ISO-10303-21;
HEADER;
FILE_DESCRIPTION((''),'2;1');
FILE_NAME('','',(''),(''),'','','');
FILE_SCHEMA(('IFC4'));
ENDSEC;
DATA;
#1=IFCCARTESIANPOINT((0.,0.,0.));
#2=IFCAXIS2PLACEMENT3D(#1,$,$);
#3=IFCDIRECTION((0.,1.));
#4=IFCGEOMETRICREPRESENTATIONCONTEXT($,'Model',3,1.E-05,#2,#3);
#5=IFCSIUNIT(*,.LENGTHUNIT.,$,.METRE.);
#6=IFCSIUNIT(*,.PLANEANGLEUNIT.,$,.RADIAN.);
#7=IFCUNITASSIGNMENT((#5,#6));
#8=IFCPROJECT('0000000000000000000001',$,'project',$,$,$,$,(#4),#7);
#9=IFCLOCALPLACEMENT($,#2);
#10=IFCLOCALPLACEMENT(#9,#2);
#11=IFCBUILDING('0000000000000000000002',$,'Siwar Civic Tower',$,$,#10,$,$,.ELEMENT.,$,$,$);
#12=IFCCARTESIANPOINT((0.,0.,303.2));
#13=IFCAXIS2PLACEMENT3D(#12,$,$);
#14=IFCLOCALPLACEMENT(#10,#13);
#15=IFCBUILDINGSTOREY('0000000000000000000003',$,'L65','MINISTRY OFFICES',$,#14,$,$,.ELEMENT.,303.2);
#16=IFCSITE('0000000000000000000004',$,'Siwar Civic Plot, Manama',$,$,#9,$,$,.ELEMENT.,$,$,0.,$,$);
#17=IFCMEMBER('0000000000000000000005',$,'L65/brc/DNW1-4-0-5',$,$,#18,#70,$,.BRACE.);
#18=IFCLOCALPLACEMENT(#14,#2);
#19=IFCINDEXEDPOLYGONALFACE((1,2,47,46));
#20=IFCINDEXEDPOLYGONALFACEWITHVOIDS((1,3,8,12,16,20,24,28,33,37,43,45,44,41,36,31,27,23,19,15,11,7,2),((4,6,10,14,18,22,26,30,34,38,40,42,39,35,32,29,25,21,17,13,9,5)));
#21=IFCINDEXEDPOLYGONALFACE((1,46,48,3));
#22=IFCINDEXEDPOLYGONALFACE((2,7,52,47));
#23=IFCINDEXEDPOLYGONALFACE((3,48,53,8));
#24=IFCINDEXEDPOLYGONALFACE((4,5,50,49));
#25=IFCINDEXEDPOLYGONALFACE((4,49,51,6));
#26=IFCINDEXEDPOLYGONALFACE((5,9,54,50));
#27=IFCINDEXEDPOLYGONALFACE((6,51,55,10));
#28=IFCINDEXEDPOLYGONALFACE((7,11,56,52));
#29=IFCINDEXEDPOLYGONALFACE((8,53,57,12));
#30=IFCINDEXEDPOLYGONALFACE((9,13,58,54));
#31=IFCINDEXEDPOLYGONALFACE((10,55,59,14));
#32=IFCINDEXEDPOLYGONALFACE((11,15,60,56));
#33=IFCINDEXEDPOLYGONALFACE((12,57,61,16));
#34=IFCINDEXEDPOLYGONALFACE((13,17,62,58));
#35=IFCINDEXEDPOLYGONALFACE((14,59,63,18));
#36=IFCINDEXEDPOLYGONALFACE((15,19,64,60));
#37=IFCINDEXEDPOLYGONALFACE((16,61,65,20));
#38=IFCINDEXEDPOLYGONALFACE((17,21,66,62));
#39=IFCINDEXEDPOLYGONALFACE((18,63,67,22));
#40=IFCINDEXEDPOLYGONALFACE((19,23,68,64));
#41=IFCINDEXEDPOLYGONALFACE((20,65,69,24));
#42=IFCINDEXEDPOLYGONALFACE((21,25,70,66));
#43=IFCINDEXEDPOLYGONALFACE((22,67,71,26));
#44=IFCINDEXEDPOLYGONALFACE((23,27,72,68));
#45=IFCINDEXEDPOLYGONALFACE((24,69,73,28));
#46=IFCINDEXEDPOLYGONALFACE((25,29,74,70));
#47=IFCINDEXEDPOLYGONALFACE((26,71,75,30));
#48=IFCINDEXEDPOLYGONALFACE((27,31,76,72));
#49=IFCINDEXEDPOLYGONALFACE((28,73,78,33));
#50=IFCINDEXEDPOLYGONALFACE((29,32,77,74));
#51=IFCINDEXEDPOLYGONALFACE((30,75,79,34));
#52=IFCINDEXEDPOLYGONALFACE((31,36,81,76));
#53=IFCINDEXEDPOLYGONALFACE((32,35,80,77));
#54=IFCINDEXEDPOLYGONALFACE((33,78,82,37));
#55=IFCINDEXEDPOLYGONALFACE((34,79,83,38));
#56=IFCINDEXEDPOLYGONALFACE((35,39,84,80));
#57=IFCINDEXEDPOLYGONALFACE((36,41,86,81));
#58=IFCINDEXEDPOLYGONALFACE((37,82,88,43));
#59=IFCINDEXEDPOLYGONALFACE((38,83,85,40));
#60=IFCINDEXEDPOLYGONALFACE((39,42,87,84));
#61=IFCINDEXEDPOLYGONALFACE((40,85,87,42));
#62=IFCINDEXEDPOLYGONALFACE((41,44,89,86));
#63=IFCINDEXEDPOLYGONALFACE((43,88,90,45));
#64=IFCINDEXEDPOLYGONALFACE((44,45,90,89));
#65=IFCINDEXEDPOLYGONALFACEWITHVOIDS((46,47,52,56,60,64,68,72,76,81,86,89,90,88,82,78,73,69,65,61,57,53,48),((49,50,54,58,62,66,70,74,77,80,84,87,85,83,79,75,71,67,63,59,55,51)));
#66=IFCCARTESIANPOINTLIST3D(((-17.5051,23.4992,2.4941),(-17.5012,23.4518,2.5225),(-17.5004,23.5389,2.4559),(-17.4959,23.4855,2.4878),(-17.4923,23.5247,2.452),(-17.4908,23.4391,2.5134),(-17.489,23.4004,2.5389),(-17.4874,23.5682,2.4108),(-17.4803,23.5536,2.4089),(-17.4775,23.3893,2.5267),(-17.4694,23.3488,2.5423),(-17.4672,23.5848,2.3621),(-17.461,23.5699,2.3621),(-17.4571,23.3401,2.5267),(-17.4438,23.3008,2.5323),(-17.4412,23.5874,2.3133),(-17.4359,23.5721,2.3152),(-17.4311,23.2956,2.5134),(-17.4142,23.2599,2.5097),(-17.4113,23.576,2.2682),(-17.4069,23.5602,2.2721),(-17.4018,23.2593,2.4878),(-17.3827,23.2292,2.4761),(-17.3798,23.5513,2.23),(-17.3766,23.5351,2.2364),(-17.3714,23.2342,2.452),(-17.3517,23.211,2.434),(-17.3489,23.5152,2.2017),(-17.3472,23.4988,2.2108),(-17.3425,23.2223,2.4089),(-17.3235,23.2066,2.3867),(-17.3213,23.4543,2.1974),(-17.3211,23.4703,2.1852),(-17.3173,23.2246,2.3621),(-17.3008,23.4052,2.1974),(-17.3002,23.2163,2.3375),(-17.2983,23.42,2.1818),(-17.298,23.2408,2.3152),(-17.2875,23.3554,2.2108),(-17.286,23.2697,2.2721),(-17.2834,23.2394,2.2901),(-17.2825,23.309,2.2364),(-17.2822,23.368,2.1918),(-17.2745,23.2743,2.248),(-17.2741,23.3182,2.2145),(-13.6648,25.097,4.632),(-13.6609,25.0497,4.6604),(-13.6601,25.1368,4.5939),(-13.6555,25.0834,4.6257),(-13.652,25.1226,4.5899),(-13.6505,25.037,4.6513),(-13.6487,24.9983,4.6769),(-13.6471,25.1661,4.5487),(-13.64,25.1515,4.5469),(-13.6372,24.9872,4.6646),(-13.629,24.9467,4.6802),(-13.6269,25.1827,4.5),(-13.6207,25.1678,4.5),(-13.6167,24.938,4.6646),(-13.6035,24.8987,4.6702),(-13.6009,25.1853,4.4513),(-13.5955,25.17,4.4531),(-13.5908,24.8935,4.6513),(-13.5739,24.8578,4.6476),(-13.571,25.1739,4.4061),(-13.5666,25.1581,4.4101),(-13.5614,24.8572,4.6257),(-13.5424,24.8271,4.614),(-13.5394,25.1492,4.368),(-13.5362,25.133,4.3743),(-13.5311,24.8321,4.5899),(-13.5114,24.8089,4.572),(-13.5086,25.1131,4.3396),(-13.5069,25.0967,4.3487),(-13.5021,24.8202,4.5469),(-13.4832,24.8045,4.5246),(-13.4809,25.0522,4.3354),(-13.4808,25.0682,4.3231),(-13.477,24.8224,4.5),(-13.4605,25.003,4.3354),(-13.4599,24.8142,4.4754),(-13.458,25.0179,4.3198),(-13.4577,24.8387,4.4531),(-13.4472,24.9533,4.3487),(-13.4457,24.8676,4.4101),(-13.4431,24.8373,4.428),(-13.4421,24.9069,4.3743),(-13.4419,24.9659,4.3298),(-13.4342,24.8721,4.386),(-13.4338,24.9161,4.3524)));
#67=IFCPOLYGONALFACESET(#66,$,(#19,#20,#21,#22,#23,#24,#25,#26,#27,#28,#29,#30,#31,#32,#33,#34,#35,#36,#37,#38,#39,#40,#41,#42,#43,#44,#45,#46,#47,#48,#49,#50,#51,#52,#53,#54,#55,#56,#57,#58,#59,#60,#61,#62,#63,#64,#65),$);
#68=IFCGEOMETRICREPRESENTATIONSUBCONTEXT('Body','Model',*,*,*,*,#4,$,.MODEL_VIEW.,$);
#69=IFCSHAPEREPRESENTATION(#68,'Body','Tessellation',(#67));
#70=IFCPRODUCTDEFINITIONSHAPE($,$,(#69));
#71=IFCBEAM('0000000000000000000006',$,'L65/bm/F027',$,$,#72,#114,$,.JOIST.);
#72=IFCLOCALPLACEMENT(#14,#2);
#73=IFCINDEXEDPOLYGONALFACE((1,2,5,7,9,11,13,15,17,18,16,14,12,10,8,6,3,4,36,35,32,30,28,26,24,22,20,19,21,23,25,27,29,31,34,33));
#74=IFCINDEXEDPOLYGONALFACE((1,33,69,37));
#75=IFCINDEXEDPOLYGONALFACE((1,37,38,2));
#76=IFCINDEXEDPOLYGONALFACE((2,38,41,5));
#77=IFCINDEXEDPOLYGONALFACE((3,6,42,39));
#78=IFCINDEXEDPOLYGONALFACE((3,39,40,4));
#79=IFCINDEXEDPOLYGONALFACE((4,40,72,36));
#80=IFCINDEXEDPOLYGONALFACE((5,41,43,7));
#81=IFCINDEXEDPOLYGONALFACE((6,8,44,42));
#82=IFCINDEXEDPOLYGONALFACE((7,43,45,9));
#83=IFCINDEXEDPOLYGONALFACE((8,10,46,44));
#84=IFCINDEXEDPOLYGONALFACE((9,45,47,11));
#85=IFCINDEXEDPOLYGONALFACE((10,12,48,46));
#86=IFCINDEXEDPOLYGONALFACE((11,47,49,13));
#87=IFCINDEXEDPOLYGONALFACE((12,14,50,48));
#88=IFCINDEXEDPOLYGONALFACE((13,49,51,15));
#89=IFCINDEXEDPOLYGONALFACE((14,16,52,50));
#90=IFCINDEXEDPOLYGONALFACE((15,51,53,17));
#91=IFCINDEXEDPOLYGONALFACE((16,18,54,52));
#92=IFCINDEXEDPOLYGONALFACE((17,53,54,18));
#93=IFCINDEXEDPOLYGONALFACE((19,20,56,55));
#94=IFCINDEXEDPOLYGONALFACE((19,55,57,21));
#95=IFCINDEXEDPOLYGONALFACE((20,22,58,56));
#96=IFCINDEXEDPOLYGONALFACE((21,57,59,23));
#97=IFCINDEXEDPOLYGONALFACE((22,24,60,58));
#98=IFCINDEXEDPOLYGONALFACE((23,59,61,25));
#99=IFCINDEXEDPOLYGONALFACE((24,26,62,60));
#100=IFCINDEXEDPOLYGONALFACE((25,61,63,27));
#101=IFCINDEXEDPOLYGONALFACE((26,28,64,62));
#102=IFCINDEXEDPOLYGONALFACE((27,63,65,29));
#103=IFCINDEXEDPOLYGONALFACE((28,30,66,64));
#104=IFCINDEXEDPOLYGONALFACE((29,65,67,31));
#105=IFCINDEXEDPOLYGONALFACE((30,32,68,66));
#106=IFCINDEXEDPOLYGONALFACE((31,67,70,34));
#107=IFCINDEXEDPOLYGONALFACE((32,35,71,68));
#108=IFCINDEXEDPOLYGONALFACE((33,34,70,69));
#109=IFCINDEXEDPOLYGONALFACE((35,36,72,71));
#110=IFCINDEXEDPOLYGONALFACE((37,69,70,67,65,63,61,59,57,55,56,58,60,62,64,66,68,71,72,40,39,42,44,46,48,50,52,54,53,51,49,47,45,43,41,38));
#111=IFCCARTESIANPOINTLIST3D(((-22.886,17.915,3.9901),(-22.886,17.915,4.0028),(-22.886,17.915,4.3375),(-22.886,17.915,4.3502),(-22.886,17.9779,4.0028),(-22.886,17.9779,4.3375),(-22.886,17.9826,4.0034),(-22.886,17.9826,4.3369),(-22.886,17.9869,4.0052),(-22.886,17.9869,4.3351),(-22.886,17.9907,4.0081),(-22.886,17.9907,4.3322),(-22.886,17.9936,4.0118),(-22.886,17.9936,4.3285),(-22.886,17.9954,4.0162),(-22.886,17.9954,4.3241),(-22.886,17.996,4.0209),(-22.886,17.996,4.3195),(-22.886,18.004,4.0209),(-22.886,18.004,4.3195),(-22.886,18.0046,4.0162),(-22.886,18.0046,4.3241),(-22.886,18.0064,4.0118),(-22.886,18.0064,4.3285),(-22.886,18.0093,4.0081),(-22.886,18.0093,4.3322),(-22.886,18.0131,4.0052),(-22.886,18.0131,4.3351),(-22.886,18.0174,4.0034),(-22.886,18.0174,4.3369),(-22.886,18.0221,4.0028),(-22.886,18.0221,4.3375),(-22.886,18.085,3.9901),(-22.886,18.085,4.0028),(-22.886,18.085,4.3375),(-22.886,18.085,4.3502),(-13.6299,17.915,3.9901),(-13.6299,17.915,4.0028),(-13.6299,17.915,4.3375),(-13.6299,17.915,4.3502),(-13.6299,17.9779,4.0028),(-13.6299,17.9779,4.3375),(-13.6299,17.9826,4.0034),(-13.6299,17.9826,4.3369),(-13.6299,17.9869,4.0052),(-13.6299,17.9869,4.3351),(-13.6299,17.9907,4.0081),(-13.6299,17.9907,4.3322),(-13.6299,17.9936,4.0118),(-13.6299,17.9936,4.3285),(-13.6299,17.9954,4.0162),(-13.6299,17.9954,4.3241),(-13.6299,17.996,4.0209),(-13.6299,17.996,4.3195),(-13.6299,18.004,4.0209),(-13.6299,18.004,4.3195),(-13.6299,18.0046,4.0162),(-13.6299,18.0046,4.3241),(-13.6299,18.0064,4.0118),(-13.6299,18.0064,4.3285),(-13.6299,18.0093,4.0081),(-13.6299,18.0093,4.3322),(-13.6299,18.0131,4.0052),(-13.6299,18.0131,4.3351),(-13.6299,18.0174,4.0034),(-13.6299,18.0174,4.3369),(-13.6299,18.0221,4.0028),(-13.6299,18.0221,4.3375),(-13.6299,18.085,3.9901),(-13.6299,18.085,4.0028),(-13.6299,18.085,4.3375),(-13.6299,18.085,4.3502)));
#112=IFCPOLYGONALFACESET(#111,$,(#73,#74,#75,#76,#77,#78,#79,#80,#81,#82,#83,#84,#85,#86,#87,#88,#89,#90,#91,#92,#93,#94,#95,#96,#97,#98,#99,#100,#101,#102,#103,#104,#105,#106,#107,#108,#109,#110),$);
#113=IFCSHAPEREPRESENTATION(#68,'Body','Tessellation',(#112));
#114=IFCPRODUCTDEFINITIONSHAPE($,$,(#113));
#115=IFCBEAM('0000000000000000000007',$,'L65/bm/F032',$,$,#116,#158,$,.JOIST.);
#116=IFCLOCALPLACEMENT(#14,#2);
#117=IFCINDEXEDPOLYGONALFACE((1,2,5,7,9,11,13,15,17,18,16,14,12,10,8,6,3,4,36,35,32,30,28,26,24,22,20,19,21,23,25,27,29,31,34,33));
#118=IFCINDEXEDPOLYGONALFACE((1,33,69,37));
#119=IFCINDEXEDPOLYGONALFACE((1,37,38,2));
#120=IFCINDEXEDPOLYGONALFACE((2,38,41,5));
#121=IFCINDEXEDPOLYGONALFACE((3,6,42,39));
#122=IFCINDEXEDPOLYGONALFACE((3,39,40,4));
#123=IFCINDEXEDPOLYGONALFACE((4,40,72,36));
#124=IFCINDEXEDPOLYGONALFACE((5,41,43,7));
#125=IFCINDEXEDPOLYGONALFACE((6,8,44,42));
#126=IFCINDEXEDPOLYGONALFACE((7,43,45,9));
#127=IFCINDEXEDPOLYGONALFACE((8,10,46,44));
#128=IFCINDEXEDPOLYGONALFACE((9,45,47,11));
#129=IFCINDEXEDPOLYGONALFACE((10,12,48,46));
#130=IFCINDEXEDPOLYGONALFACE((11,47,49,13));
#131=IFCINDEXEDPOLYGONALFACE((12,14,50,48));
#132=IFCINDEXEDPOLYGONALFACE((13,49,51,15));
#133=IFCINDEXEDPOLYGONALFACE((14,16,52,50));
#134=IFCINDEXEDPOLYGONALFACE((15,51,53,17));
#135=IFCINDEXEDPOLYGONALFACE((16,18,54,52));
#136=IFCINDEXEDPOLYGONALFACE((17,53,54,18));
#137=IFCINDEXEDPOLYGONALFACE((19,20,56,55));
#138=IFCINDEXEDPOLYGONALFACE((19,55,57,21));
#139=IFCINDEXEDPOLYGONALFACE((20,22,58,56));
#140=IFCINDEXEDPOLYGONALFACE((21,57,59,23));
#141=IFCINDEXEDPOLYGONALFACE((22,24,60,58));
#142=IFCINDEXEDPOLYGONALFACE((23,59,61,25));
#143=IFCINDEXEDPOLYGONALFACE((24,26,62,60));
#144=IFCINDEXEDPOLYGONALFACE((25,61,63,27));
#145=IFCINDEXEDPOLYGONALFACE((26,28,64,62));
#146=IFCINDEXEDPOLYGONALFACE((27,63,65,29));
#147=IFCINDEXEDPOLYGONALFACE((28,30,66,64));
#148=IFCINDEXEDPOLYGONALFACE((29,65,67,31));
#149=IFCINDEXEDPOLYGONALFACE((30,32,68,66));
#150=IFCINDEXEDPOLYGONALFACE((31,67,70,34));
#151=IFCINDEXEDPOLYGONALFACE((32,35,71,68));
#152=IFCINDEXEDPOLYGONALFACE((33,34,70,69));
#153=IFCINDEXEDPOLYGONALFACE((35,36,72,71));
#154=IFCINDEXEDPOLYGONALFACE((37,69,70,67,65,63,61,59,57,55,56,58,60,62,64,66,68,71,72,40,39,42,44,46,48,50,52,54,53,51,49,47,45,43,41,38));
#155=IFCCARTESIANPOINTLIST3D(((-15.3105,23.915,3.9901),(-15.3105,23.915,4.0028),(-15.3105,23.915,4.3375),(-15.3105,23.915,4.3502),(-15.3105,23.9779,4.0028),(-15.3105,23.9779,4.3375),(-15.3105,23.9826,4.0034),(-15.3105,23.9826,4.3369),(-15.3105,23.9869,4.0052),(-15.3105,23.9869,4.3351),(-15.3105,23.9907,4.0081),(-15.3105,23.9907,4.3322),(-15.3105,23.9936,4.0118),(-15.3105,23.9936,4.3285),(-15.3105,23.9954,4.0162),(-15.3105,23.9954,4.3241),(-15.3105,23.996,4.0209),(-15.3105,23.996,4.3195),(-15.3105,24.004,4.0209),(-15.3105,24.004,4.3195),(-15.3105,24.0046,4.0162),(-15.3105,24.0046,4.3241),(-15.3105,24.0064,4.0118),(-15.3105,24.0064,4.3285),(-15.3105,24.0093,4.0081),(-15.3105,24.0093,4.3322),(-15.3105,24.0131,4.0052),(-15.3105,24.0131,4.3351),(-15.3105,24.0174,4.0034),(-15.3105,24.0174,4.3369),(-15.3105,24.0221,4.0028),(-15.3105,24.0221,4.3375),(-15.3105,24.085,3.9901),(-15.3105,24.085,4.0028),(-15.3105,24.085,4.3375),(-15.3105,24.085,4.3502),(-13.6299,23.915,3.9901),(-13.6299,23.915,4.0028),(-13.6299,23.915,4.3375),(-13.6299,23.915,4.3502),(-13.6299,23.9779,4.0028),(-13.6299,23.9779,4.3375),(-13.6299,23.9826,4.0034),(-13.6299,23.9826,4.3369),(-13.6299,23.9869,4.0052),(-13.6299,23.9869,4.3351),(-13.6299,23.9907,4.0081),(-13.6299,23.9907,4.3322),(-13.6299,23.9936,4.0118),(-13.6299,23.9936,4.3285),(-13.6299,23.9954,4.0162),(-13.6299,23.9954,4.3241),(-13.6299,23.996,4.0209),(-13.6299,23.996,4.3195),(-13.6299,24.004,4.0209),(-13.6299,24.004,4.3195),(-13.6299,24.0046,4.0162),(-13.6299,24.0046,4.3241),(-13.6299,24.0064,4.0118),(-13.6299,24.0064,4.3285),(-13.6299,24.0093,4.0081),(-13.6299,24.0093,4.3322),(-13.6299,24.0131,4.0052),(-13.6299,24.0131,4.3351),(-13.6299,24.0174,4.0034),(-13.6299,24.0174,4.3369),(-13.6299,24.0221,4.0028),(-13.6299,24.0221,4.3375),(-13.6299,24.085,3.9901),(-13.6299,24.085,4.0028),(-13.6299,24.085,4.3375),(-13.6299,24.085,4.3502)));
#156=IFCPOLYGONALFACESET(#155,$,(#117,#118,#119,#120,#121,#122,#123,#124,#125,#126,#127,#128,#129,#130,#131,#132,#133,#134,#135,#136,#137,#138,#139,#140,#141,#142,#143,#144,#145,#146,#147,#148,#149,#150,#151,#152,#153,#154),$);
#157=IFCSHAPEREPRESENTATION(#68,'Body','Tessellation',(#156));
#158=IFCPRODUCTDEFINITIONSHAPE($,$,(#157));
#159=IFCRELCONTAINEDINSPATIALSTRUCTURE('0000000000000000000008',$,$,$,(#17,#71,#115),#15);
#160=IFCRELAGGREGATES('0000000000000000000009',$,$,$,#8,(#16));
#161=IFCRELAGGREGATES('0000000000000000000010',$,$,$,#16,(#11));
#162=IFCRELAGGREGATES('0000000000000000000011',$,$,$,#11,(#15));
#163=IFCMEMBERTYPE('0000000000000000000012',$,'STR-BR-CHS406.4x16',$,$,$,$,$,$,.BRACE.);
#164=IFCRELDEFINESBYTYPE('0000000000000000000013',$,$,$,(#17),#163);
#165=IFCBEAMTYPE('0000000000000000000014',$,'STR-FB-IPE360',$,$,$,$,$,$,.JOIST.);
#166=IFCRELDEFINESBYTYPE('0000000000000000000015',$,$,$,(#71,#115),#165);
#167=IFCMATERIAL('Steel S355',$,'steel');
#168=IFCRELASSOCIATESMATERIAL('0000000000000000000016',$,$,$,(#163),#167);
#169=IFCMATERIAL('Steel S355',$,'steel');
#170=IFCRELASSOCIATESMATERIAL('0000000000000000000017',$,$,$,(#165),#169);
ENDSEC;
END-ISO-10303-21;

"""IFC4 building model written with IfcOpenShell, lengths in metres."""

from ifc_helpers import new_model, si_unit, direction, frame, origin, origin_2d, place, context, subcontext, project, spatial, hollow_circle, i_section, extrude, material, material_profile, profile_set, type_object, element, save


model = new_model("IFC4")

# Units and contexts
model_context = context("Model", 3, precision=1e-05, world=origin(), true_north=direction((0.0, 1.0)))
body_context = subcontext(model_context, "Body", "Model", "MODEL_VIEW")
ifc_project = project(units=[si_unit("LENGTHUNIT", "METRE"), si_unit("PLANEANGLEUNIT", "RADIAN")], contexts=[model_context])

# Site, building, storey
site_placement = place(None, origin())
site = spatial("IfcSite", under=ifc_project, at=site_placement, Name="Siwar Civic Plot, Manama", CompositionType="ELEMENT", RefElevation=0.0)
building_placement = place(site_placement, origin())
building = spatial("IfcBuilding", under=site, at=building_placement, Name="Siwar Civic Tower", CompositionType="ELEMENT")
storey_placement = place(building_placement, frame((0.0, 0.0, 303.2)))
storey = spatial("IfcBuildingStorey", under=building, at=storey_placement, Name="L65", Description="MINISTRY OFFICES", CompositionType="ELEMENT", Elevation=303.2)

# Member
ifc_material_1 = material(Name="Steel S355", Category="steel")
ifc_material_profile_1 = material_profile(ifc_material_1, hollow_circle(Radius=0.2031, WallThickness=0.0161, at=origin_2d()), Name="CHS406.4x16")
ifc_profile_set_1 = profile_set([ifc_material_profile_1], Name="Steel S355")
member_type_1 = type_object("IfcMemberType", Name="STR-BR-CHS406.4x16", PredefinedType="BRACE", material=ifc_profile_set_1)
member_1_placement = place(storey_placement, frame((-17.3892, 23.3972, 2.3621), z_axis=(0.82115, 0.341667, 0.45714), x_axis=(-0.384157, 0.923268, 0.0)))
element("IfcMember", 1, at=member_1_placement, inside=storey, type_object=member_type_1, Name="L65/brc/DNW1-4-0-5", PredefinedType="BRACE", context=body_context, shape_type="SweptSolid", body=[
    extrude(hollow_circle(Radius=0.2031, WallThickness=0.0161, at=origin_2d()), origin(), (0.0, 0.0, 1.0), 4.6768),
])

# Beams
ifc_material_2 = material(Name="Steel S355", Category="steel")
ifc_material_profile_2 = material_profile(ifc_material_2, i_section(OverallWidth=0.1699, OverallDepth=0.3601, WebThickness=0.0081, FlangeThickness=0.0127, FilletRadius=0.0181, at=origin_2d()), Name="IPE360")
ifc_profile_set_2 = profile_set([ifc_material_profile_2], Name="Steel S355")
beam_type_1 = type_object("IfcBeamType", Name="STR-FB-IPE360", PredefinedType="JOIST", material=ifc_profile_set_2)
beam_1_placement = place(storey_placement, frame((-22.886, 18.0, 4.1702), z_axis=(1.0, 0.0, 0.0), x_axis=(0.0, 1.0, 0.0)))
element("IfcBeam", 2, at=beam_1_placement, inside=storey, type_object=beam_type_1, Name="L65/bm/F027", PredefinedType="JOIST", context=body_context, shape_type="SweptSolid", body=[
    extrude(i_section(OverallWidth=0.1699, OverallDepth=0.3601, WebThickness=0.0081, FlangeThickness=0.0127, FilletRadius=0.0181, at=origin_2d()), origin(), (0.0, 0.0, 1.0), 9.2561),
])
beam_2_placement = place(storey_placement, frame((-15.3105, 24.0, 4.1702), z_axis=(1.0, 0.0, 0.0), x_axis=(0.0, 1.0, 0.0)))
element("IfcBeam", 3, at=beam_2_placement, inside=storey, type_object=beam_type_1, Name="L65/bm/F032", PredefinedType="JOIST", context=body_context, shape_type="SweptSolid", body=[
    extrude(i_section(OverallWidth=0.1699, OverallDepth=0.3601, WebThickness=0.0081, FlangeThickness=0.0127, FilletRadius=0.0181, at=origin_2d()), origin(), (0.0, 0.0, 1.0), 1.6807),
])

save(model, "model.ifc")
